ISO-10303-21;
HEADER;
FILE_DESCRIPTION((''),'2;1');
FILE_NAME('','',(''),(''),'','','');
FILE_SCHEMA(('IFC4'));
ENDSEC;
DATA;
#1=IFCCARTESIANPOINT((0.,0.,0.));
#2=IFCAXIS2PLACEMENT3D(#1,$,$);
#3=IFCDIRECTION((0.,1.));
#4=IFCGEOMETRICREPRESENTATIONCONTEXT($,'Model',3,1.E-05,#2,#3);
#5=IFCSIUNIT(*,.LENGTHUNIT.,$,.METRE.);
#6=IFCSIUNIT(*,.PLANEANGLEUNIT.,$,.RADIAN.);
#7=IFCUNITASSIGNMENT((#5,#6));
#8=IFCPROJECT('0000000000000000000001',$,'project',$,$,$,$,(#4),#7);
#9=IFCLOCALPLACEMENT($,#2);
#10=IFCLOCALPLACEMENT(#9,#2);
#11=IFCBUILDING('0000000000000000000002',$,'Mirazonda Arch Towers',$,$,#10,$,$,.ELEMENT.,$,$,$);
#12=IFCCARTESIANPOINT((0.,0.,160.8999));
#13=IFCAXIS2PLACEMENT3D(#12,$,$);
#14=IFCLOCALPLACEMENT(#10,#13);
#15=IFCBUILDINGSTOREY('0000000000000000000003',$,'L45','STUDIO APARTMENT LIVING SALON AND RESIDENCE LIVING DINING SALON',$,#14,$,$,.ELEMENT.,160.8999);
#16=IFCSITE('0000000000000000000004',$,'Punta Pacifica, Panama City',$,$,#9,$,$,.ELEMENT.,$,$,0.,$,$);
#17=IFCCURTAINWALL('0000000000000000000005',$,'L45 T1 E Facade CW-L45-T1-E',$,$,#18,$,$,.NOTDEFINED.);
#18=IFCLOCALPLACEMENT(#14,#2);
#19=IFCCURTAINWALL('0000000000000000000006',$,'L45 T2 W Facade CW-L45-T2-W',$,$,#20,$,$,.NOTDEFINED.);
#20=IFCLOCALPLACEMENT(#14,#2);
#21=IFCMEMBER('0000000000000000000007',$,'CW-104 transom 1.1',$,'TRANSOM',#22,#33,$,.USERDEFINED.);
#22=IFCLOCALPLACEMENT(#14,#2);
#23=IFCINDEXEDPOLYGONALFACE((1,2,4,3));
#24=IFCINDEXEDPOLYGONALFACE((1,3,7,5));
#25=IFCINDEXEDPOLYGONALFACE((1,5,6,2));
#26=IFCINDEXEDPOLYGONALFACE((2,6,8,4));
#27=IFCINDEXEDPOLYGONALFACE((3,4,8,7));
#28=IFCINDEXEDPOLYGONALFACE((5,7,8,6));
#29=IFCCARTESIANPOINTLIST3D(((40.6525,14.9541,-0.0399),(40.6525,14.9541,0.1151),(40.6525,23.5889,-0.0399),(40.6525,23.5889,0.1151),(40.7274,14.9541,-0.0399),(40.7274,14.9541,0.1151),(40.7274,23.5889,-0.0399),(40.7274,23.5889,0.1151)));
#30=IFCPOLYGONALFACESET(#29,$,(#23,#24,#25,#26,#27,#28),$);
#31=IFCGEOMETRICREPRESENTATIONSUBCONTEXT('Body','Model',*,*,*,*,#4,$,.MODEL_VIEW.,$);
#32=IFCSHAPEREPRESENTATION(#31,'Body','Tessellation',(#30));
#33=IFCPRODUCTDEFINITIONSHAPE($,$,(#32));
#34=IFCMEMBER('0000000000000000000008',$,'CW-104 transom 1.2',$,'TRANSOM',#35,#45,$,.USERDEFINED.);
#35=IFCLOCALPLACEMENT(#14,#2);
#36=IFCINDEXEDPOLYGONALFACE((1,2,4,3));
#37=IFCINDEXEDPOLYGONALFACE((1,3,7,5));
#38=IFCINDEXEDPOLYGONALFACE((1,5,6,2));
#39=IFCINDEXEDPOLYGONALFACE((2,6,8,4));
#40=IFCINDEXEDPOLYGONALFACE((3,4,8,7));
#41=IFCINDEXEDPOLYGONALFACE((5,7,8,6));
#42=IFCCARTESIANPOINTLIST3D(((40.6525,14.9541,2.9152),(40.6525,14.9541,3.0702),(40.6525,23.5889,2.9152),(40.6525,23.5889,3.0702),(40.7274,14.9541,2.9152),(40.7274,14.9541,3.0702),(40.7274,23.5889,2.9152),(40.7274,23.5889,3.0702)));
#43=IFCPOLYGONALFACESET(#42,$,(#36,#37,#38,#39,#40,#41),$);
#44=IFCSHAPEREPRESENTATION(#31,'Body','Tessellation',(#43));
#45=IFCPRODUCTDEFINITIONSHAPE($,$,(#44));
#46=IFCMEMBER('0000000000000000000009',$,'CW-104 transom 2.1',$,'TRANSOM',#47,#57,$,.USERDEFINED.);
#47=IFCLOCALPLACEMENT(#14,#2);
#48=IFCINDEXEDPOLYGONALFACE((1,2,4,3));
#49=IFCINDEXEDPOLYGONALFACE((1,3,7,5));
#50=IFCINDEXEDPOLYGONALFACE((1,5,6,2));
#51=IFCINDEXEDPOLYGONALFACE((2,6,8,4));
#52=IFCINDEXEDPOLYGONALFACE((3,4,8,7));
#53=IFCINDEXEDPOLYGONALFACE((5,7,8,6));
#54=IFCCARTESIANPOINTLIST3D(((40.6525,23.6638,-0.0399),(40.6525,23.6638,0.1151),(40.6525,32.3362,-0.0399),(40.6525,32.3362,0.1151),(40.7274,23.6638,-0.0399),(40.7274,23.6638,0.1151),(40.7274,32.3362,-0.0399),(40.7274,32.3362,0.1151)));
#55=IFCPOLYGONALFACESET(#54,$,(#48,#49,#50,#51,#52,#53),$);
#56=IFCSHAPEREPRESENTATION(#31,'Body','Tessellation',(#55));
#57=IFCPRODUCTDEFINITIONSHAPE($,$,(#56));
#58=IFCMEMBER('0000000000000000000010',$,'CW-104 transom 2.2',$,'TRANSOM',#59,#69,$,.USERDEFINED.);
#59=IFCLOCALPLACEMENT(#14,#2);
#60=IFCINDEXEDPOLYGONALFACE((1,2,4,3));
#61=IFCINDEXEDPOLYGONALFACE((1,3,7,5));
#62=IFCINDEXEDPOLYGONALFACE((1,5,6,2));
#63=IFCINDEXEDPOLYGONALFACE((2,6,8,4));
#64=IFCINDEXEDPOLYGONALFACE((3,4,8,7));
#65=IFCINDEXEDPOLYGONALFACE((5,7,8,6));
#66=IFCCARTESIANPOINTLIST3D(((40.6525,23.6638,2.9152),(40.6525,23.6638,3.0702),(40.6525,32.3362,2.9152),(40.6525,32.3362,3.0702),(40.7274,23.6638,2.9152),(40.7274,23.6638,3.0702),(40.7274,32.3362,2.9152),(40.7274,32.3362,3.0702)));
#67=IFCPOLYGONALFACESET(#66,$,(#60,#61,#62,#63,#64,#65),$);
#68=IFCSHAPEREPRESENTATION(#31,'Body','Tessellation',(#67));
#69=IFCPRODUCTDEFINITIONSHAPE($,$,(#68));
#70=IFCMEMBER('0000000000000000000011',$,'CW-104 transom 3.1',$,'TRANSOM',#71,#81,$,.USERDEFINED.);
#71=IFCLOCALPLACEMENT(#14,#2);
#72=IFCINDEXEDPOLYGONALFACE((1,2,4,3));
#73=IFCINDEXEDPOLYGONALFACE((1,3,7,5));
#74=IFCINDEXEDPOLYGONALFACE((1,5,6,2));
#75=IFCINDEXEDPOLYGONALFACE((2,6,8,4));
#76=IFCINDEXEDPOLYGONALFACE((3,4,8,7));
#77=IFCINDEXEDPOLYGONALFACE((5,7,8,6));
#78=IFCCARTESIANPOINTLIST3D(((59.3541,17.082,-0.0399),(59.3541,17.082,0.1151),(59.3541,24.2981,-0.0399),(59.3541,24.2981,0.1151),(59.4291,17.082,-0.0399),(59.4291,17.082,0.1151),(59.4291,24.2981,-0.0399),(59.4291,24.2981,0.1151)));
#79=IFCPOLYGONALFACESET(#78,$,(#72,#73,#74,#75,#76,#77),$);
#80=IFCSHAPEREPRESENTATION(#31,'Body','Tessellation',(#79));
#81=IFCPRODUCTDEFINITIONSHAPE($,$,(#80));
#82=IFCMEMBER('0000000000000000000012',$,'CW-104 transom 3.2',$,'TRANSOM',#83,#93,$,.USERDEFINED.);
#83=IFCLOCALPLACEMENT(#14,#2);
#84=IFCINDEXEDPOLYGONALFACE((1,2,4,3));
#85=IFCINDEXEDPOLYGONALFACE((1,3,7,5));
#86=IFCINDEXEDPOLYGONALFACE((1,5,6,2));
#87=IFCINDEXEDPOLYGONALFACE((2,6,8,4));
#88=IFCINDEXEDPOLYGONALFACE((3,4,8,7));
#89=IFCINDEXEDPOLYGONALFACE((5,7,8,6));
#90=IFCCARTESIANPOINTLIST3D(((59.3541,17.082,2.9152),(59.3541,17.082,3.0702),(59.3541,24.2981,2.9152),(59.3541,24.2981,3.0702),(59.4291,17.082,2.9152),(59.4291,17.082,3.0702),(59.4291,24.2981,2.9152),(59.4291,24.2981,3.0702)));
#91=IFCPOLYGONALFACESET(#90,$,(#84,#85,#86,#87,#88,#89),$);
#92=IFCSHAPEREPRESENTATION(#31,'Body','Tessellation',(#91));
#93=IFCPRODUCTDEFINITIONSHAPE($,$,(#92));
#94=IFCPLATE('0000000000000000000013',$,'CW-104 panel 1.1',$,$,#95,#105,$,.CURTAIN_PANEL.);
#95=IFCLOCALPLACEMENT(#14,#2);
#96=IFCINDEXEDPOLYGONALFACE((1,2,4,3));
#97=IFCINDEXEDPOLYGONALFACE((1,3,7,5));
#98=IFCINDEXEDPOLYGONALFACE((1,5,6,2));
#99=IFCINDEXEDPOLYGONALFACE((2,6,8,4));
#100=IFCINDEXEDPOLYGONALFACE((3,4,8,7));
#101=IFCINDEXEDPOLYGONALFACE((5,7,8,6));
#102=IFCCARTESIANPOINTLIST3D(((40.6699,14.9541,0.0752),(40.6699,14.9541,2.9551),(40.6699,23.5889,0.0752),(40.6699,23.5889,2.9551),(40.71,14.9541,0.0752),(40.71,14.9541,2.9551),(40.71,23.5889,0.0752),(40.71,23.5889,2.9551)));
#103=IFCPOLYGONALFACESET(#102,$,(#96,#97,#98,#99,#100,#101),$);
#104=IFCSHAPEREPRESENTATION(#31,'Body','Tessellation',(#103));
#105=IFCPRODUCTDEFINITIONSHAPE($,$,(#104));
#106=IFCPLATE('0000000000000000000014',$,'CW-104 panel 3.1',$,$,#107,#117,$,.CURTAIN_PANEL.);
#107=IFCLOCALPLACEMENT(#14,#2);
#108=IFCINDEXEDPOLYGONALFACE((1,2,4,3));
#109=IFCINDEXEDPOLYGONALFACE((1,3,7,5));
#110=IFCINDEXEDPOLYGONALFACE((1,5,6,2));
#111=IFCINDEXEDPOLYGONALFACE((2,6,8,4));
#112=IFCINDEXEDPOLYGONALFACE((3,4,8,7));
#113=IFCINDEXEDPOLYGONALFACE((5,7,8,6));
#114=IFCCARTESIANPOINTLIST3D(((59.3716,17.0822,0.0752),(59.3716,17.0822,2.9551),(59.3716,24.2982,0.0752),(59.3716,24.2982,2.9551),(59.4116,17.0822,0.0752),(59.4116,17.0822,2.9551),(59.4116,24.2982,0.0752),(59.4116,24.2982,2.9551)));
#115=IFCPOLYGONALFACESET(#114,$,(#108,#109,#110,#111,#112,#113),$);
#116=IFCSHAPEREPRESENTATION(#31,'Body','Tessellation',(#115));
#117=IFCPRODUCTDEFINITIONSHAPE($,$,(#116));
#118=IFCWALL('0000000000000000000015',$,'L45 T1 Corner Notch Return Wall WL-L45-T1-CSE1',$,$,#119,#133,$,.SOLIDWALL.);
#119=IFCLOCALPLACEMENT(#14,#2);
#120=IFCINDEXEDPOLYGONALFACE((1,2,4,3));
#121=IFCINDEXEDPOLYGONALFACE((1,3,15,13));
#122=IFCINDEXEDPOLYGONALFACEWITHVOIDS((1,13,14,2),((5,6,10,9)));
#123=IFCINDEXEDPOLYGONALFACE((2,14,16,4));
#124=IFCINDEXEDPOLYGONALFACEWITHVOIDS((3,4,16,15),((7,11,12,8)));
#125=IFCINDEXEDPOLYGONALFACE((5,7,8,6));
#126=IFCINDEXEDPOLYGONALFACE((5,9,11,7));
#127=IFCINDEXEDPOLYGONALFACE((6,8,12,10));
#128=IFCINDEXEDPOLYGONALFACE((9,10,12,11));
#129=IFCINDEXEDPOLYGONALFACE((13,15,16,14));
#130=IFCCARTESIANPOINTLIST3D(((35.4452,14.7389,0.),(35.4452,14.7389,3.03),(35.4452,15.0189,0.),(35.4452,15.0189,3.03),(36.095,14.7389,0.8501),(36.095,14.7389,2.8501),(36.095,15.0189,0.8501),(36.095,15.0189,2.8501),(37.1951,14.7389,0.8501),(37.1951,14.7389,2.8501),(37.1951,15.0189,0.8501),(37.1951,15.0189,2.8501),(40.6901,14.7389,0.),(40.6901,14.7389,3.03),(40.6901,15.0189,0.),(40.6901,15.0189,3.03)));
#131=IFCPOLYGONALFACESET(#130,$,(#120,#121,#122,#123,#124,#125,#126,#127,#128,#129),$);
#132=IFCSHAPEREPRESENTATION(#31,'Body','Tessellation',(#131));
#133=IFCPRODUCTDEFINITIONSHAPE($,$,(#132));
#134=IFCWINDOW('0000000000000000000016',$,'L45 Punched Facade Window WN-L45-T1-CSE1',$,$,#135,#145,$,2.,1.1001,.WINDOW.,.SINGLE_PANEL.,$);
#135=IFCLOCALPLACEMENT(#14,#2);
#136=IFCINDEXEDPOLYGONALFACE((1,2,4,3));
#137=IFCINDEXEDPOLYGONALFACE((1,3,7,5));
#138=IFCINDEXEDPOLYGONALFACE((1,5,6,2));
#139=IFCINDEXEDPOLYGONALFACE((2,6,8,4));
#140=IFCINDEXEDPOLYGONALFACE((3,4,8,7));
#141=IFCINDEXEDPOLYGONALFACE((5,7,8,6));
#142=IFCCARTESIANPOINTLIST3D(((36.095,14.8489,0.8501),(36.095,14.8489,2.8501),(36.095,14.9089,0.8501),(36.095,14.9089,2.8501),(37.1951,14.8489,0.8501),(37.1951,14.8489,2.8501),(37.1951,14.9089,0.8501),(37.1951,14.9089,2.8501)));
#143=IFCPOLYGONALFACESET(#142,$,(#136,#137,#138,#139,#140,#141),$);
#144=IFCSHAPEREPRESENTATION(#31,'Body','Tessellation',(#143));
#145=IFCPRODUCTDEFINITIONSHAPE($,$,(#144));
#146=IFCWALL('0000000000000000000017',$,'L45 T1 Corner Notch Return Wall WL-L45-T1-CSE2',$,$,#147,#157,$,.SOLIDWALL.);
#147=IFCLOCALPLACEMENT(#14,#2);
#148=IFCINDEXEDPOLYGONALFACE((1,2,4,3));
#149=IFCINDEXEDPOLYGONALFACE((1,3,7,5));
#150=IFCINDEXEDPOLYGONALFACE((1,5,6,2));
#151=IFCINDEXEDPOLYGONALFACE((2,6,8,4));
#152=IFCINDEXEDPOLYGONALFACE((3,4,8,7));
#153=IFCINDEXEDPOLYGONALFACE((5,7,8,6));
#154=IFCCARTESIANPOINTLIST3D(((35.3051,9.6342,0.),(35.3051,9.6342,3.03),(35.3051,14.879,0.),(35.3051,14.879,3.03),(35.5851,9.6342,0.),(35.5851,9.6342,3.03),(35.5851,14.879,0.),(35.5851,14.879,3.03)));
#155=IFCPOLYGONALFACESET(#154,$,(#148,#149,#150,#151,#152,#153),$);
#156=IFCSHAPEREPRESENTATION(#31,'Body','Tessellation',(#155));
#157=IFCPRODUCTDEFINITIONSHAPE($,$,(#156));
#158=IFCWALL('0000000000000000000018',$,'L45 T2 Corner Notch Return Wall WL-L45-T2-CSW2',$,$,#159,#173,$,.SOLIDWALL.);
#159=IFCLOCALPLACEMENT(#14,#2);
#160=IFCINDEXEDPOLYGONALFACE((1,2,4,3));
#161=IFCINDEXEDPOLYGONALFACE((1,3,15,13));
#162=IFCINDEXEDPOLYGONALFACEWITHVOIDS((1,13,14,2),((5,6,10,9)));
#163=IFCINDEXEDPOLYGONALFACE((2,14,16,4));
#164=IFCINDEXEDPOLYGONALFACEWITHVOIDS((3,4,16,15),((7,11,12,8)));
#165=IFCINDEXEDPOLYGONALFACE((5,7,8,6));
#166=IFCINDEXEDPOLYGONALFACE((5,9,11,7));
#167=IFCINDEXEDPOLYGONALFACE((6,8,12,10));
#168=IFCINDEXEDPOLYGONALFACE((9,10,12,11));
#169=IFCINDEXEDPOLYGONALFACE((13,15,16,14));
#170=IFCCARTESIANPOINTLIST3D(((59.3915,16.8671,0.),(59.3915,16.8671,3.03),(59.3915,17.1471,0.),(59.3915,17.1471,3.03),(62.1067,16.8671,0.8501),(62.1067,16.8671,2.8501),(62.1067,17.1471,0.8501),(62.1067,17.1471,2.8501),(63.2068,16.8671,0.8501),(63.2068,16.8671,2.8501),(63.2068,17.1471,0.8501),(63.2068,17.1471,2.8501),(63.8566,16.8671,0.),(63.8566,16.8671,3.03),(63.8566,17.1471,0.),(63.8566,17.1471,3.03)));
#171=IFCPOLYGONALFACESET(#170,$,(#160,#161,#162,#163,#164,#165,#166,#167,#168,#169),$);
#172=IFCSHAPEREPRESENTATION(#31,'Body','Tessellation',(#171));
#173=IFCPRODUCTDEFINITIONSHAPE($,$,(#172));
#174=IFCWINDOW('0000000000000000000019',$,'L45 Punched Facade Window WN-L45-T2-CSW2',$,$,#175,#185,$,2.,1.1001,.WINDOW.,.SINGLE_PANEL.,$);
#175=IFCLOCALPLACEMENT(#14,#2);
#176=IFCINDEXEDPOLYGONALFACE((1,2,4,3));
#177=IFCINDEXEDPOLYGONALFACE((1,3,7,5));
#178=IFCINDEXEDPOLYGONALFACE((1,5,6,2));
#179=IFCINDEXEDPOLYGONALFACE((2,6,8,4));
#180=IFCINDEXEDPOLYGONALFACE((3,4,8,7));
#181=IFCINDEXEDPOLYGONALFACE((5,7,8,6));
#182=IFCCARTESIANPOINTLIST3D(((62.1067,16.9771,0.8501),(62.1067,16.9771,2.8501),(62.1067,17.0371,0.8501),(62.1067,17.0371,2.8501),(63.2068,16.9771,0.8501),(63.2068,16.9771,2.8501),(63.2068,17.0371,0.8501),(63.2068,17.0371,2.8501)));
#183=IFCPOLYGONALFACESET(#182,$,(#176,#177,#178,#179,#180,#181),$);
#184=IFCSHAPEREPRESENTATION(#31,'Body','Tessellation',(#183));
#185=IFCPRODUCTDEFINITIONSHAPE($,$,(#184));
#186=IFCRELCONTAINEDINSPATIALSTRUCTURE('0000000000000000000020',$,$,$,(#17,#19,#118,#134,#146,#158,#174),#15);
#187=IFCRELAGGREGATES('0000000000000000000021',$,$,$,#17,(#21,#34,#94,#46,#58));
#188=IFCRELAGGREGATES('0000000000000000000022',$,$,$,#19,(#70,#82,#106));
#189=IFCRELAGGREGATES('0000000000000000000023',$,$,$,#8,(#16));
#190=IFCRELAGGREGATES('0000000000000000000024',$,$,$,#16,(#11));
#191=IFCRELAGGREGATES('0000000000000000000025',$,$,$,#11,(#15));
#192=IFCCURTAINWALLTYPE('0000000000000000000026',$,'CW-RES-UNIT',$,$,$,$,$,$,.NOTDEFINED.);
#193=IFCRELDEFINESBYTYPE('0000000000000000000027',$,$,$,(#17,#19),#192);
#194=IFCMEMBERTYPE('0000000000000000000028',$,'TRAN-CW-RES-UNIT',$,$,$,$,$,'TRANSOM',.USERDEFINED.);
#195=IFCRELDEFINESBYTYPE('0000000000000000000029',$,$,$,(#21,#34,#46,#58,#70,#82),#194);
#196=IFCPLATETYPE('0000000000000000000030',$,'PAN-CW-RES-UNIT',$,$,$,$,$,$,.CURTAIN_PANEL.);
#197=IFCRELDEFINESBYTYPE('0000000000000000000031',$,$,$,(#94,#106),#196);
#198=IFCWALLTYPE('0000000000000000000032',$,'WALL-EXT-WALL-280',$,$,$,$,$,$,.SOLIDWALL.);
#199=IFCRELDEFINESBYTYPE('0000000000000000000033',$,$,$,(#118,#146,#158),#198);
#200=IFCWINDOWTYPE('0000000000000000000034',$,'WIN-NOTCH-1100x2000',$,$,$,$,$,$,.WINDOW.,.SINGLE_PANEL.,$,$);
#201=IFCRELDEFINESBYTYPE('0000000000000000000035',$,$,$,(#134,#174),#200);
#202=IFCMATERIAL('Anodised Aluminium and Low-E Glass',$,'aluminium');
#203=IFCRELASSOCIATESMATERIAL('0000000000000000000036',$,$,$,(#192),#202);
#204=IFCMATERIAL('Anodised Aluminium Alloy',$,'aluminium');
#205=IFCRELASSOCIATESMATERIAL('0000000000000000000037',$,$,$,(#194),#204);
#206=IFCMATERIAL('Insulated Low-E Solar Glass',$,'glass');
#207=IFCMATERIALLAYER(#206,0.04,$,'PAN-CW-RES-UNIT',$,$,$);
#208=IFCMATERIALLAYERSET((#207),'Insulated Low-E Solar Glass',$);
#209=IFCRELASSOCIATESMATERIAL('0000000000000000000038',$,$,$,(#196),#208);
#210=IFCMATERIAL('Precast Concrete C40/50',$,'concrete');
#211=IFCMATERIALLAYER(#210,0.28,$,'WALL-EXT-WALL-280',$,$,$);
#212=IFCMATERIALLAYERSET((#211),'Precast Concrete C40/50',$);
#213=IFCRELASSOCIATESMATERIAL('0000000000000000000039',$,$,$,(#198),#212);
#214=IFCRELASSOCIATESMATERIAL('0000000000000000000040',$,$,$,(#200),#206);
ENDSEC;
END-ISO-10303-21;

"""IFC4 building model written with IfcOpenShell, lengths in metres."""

from ifc_helpers import new_model, si_unit, direction, frame, frame_2d, origin, origin_2d, place, context, subcontext, project, spatial, rectangle, extrude, material, layer, layer_set, material_profile, profile_set, type_object, element, fill, aggregate, save


model = new_model("IFC4")

# Units and contexts
model_context = context("Model", 3, precision=1e-05, world=origin(), true_north=direction((0.0, 1.0)))
body_context = subcontext(model_context, "Body", "Model", "MODEL_VIEW")
ifc_project = project(units=[si_unit("LENGTHUNIT", "METRE"), si_unit("PLANEANGLEUNIT", "RADIAN")], contexts=[model_context])

# Site, building, storey
site_placement = place(None, origin())
site = spatial("IfcSite", under=ifc_project, at=site_placement, Name="Punta Pacifica, Panama City", CompositionType="ELEMENT", RefElevation=0.0)
building_placement = place(site_placement, origin())
building = spatial("IfcBuilding", under=site, at=building_placement, Name="Mirazonda Arch Towers", CompositionType="ELEMENT")
storey_placement = place(building_placement, frame((0.0, 0.0, 160.8999)))
storey = spatial("IfcBuildingStorey", under=building, at=storey_placement, Name="L45", Description="STUDIO APARTMENT LIVING SALON AND RESIDENCE LIVING DINING SALON", CompositionType="ELEMENT", Elevation=160.8999)

# Curtain walls
ifc_material_1 = material(Name="Anodised Aluminium and Low-E Glass", Category="aluminium")
curtain_wall_type = type_object("IfcCurtainWallType", Name="CW-RES-UNIT", PredefinedType="NOTDEFINED", material=ifc_material_1)
curtain_wall_1_placement = place(storey_placement, origin())
curtain_wall_1 = element("IfcCurtainWall", 1, at=curtain_wall_1_placement, inside=storey, type_object=curtain_wall_type, Name="L45 T1 E Facade CW-L45-T1-E", PredefinedType="NOTDEFINED")
ifc_material_2 = material(Name="Anodised Aluminium Alloy", Category="aluminium")
curtain_wall_2_placement = place(storey_placement, origin())
curtain_wall_2 = element("IfcCurtainWall", 2, at=curtain_wall_2_placement, inside=storey, type_object=curtain_wall_type, Name="L45 T2 W Facade CW-L45-T2-W", PredefinedType="NOTDEFINED")

# Members
ifc_material_profile_1 = material_profile(ifc_material_2, rectangle(XDim=0.075, YDim=0.155, at=origin_2d()), Name="ALU-TRAN-75x155")
ifc_profile_set_1 = profile_set([ifc_material_profile_1], Name="Anodised Aluminium Alloy")
member_type_1 = type_object("IfcMemberType", Name="TRAN-CW-RES-UNIT", ElementType="TRANSOM", PredefinedType="USERDEFINED", material=ifc_profile_set_1)
member_1_placement = place(storey_placement, frame((40.6899, 14.9541, 0.0376), z_axis=(0.0, 1.0, 0.0), x_axis=(-1.0, 0.0, 0.0)))
member_1 = element("IfcMember", 3, at=member_1_placement, type_object=member_type_1, Name="CW-104 transom 1.1", ObjectType="TRANSOM", PredefinedType="USERDEFINED", context=body_context, shape_type="SweptSolid", body=[
    extrude(rectangle(XDim=0.075, YDim=0.155, at=origin_2d()), origin(), (0.0, 0.0, 1.0), 8.6348),
])
member_2_placement = place(storey_placement, frame((40.6899, 14.9541, 2.9927), z_axis=(0.0, 1.0, 0.0), x_axis=(-1.0, 0.0, 0.0)))
member_2 = element("IfcMember", 4, at=member_2_placement, type_object=member_type_1, Name="CW-104 transom 1.2", ObjectType="TRANSOM", PredefinedType="USERDEFINED", context=body_context, shape_type="SweptSolid", body=[
    extrude(rectangle(XDim=0.075, YDim=0.155, at=origin_2d()), origin(), (0.0, 0.0, 1.0), 8.6348),
])
member_3_placement = place(storey_placement, frame((40.6899, 23.6638, 0.0376), z_axis=(0.0, 1.0, 0.0), x_axis=(-1.0, 0.0, 0.0)))
member_3 = element("IfcMember", 5, at=member_3_placement, type_object=member_type_1, Name="CW-104 transom 2.1", ObjectType="TRANSOM", PredefinedType="USERDEFINED", context=body_context, shape_type="SweptSolid", body=[
    extrude(rectangle(XDim=0.075, YDim=0.155, at=origin_2d()), origin(), (0.0, 0.0, 1.0), 8.6724),
])
member_4_placement = place(storey_placement, frame((40.6899, 23.6638, 2.9927), z_axis=(0.0, 1.0, 0.0), x_axis=(-1.0, 0.0, 0.0)))
member_4 = element("IfcMember", 6, at=member_4_placement, type_object=member_type_1, Name="CW-104 transom 2.2", ObjectType="TRANSOM", PredefinedType="USERDEFINED", context=body_context, shape_type="SweptSolid", body=[
    extrude(rectangle(XDim=0.075, YDim=0.155, at=origin_2d()), origin(), (0.0, 0.0, 1.0), 8.6724),
])
member_5_placement = place(storey_placement, frame((59.3916, 24.2981, 0.0376), z_axis=(0.0, -1.0, 0.0), x_axis=(1.0, 0.0, 0.0)))
member_5 = element("IfcMember", 7, at=member_5_placement, type_object=member_type_1, Name="CW-104 transom 3.1", ObjectType="TRANSOM", PredefinedType="USERDEFINED", context=body_context, shape_type="SweptSolid", body=[
    extrude(rectangle(XDim=0.075, YDim=0.155, at=origin_2d()), origin(), (0.0, 0.0, 1.0), 7.2161),
])
member_6_placement = place(storey_placement, frame((59.3916, 24.2981, 2.9927), z_axis=(0.0, -1.0, 0.0), x_axis=(1.0, 0.0, 0.0)))
member_6 = element("IfcMember", 8, at=member_6_placement, type_object=member_type_1, Name="CW-104 transom 3.2", ObjectType="TRANSOM", PredefinedType="USERDEFINED", context=body_context, shape_type="SweptSolid", body=[
    extrude(rectangle(XDim=0.075, YDim=0.155, at=origin_2d()), origin(), (0.0, 0.0, 1.0), 7.2161),
])

# Plates
ifc_material_3 = material(Name="Insulated Low-E Solar Glass", Category="glass")
ifc_layer_1 = layer(ifc_material_3, 0.04, Name="PAN-CW-RES-UNIT")
ifc_layer_set_1 = layer_set([ifc_layer_1], Name="Insulated Low-E Solar Glass")
plate_type = type_object("IfcPlateType", Name="PAN-CW-RES-UNIT", PredefinedType="CURTAIN_PANEL", material=ifc_layer_set_1)
plate_1_placement = place(storey_placement, frame((40.6899, 19.2715, 0.0752), z_axis=(0.0, 0.0, 1.0), x_axis=(0.0, 1.0, 0.0)))
plate_1 = element("IfcPlate", 9, at=plate_1_placement, type_object=plate_type, Name="CW-104 panel 1.1", PredefinedType="CURTAIN_PANEL", context=body_context, shape_type="SweptSolid", body=[
    extrude(rectangle(XDim=8.6348, YDim=0.04, at=origin_2d()), origin(), (0.0, 0.0, 1.0), 2.8799),
])
aggregate(curtain_wall_1, [member_1, member_2, plate_1, member_3, member_4])
plate_2_placement = place(storey_placement, frame((59.3916, 20.6902, 0.0752), z_axis=(0.0, 0.0, 1.0), x_axis=(0.0, -1.0, 0.0)))
plate_2 = element("IfcPlate", 10, at=plate_2_placement, type_object=plate_type, Name="CW-104 panel 3.1", PredefinedType="CURTAIN_PANEL", context=body_context, shape_type="SweptSolid", body=[
    extrude(rectangle(XDim=7.2161, YDim=0.04, at=origin_2d()), origin(), (0.0, 0.0, 1.0), 2.8799),
])
aggregate(curtain_wall_2, [member_5, member_6, plate_2])

# Wall, opening, window
ifc_material_4 = material(Name="Precast Concrete C40/50", Category="concrete")
ifc_layer_2 = layer(ifc_material_4, 0.28, Name="WALL-EXT-WALL-280")
ifc_layer_set_2 = layer_set([ifc_layer_2], Name="Precast Concrete C40/50")
wall_type_1 = type_object("IfcWallType", Name="WALL-EXT-WALL-280", PredefinedType="SOLIDWALL", material=ifc_layer_set_2)
wall_1_placement = place(storey_placement, frame((35.4451, 14.8789, 0.0), z_axis=(0.0, 0.0, 1.0), x_axis=(1.0, 0.0, 0.0)))
wall_1 = element("IfcWall", 11, at=wall_1_placement, inside=storey, type_object=wall_type_1, Name="L45 T1 Corner Notch Return Wall WL-L45-T1-CSE1", PredefinedType="SOLIDWALL", context=body_context, shape_type="SweptSolid", body=[
    extrude(rectangle(XDim=5.2449, YDim=0.28, at=frame_2d((2.6226, 0.0))), origin(), (0.0, 0.0, 1.0), 3.03),
])
opening_1_placement = place(wall_1_placement, frame((0.6499, 0.0, 0.8501)))
opening_1 = element("IfcOpeningElement", 12, at=opening_1_placement, cuts=wall_1, PredefinedType="OPENING", context=body_context, shape_type="SweptSolid", body=[
    extrude(rectangle(XDim=1.1001, YDim=2.0, at=frame_2d((0.55, 1.0))), frame((0.0, 0.1499, 0.0), z_axis=(0.0, -1.0, 0.0), x_axis=(1.0, 0.0, 0.0)), (0.0, 0.0, 1.0), 0.3),
])
window_type = type_object("IfcWindowType", Name="WIN-NOTCH-1100x2000", PartitioningType="SINGLE_PANEL", PredefinedType="WINDOW", material=ifc_material_3)
window_1_placement = place(opening_1_placement, origin())
window_1 = element("IfcWindow", 13, at=window_1_placement, inside=storey, type_object=window_type, Name="L45 Punched Facade Window WN-L45-T1-CSE1", OverallHeight=2.0, OverallWidth=1.1001, PartitioningType="SINGLE_PANEL", PredefinedType="WINDOW", context=body_context, shape_type="SweptSolid", body=[
    extrude(rectangle(XDim=1.1001, YDim=2.0, at=frame_2d((0.55, 1.0))), frame((0.0, 0.03, 0.0), z_axis=(0.0, -1.0, 0.0), x_axis=(1.0, 0.0, 0.0)), (0.0, 0.0, 1.0), 0.0601),
])
fill(opening_1, window_1)

# Wall
wall_2_placement = place(storey_placement, frame((35.4451, 9.634, 0.0), z_axis=(0.0, 0.0, 1.0), x_axis=(0.0, 1.0, 0.0)))
element("IfcWall", 14, at=wall_2_placement, inside=storey, type_object=wall_type_1, Name="L45 T1 Corner Notch Return Wall WL-L45-T1-CSE2", PredefinedType="SOLIDWALL", context=body_context, shape_type="SweptSolid", body=[
    extrude(rectangle(XDim=5.2449, YDim=0.28, at=frame_2d((2.6226, 0.0))), origin(), (0.0, 0.0, 1.0), 3.03),
])

# Wall, opening, window
wall_3_placement = place(storey_placement, frame((59.3916, 17.0071, 0.0), z_axis=(0.0, 0.0, 1.0), x_axis=(1.0, 0.0, 0.0)))
wall_3 = element("IfcWall", 15, at=wall_3_placement, inside=storey, type_object=wall_type_1, Name="L45 T2 Corner Notch Return Wall WL-L45-T2-CSW2", PredefinedType="SOLIDWALL", context=body_context, shape_type="SweptSolid", body=[
    extrude(rectangle(XDim=4.4651, YDim=0.28, at=frame_2d((2.2324, 0.0))), origin(), (0.0, 0.0, 1.0), 3.03),
])
opening_2_placement = place(wall_3_placement, frame((2.7151, 0.0, 0.8501)))
opening_2 = element("IfcOpeningElement", 16, at=opening_2_placement, cuts=wall_3, PredefinedType="OPENING", context=body_context, shape_type="SweptSolid", body=[
    extrude(rectangle(XDim=1.1001, YDim=2.0, at=frame_2d((0.55, 1.0))), frame((0.0, 0.1499, 0.0), z_axis=(0.0, -1.0, 0.0), x_axis=(1.0, 0.0, 0.0)), (0.0, 0.0, 1.0), 0.3),
])
window_2_placement = place(opening_2_placement, origin())
window_2 = element("IfcWindow", 17, at=window_2_placement, inside=storey, type_object=window_type, Name="L45 Punched Facade Window WN-L45-T2-CSW2", OverallHeight=2.0, OverallWidth=1.1001, PartitioningType="SINGLE_PANEL", PredefinedType="WINDOW", context=body_context, shape_type="SweptSolid", body=[
    extrude(rectangle(XDim=1.1001, YDim=2.0, at=frame_2d((0.55, 1.0))), frame((0.0, 0.03, 0.0), z_axis=(0.0, -1.0, 0.0), x_axis=(1.0, 0.0, 0.0)), (0.0, 0.0, 1.0), 0.0601),
])
fill(opening_2, window_2)

save(model, "model.ifc")
